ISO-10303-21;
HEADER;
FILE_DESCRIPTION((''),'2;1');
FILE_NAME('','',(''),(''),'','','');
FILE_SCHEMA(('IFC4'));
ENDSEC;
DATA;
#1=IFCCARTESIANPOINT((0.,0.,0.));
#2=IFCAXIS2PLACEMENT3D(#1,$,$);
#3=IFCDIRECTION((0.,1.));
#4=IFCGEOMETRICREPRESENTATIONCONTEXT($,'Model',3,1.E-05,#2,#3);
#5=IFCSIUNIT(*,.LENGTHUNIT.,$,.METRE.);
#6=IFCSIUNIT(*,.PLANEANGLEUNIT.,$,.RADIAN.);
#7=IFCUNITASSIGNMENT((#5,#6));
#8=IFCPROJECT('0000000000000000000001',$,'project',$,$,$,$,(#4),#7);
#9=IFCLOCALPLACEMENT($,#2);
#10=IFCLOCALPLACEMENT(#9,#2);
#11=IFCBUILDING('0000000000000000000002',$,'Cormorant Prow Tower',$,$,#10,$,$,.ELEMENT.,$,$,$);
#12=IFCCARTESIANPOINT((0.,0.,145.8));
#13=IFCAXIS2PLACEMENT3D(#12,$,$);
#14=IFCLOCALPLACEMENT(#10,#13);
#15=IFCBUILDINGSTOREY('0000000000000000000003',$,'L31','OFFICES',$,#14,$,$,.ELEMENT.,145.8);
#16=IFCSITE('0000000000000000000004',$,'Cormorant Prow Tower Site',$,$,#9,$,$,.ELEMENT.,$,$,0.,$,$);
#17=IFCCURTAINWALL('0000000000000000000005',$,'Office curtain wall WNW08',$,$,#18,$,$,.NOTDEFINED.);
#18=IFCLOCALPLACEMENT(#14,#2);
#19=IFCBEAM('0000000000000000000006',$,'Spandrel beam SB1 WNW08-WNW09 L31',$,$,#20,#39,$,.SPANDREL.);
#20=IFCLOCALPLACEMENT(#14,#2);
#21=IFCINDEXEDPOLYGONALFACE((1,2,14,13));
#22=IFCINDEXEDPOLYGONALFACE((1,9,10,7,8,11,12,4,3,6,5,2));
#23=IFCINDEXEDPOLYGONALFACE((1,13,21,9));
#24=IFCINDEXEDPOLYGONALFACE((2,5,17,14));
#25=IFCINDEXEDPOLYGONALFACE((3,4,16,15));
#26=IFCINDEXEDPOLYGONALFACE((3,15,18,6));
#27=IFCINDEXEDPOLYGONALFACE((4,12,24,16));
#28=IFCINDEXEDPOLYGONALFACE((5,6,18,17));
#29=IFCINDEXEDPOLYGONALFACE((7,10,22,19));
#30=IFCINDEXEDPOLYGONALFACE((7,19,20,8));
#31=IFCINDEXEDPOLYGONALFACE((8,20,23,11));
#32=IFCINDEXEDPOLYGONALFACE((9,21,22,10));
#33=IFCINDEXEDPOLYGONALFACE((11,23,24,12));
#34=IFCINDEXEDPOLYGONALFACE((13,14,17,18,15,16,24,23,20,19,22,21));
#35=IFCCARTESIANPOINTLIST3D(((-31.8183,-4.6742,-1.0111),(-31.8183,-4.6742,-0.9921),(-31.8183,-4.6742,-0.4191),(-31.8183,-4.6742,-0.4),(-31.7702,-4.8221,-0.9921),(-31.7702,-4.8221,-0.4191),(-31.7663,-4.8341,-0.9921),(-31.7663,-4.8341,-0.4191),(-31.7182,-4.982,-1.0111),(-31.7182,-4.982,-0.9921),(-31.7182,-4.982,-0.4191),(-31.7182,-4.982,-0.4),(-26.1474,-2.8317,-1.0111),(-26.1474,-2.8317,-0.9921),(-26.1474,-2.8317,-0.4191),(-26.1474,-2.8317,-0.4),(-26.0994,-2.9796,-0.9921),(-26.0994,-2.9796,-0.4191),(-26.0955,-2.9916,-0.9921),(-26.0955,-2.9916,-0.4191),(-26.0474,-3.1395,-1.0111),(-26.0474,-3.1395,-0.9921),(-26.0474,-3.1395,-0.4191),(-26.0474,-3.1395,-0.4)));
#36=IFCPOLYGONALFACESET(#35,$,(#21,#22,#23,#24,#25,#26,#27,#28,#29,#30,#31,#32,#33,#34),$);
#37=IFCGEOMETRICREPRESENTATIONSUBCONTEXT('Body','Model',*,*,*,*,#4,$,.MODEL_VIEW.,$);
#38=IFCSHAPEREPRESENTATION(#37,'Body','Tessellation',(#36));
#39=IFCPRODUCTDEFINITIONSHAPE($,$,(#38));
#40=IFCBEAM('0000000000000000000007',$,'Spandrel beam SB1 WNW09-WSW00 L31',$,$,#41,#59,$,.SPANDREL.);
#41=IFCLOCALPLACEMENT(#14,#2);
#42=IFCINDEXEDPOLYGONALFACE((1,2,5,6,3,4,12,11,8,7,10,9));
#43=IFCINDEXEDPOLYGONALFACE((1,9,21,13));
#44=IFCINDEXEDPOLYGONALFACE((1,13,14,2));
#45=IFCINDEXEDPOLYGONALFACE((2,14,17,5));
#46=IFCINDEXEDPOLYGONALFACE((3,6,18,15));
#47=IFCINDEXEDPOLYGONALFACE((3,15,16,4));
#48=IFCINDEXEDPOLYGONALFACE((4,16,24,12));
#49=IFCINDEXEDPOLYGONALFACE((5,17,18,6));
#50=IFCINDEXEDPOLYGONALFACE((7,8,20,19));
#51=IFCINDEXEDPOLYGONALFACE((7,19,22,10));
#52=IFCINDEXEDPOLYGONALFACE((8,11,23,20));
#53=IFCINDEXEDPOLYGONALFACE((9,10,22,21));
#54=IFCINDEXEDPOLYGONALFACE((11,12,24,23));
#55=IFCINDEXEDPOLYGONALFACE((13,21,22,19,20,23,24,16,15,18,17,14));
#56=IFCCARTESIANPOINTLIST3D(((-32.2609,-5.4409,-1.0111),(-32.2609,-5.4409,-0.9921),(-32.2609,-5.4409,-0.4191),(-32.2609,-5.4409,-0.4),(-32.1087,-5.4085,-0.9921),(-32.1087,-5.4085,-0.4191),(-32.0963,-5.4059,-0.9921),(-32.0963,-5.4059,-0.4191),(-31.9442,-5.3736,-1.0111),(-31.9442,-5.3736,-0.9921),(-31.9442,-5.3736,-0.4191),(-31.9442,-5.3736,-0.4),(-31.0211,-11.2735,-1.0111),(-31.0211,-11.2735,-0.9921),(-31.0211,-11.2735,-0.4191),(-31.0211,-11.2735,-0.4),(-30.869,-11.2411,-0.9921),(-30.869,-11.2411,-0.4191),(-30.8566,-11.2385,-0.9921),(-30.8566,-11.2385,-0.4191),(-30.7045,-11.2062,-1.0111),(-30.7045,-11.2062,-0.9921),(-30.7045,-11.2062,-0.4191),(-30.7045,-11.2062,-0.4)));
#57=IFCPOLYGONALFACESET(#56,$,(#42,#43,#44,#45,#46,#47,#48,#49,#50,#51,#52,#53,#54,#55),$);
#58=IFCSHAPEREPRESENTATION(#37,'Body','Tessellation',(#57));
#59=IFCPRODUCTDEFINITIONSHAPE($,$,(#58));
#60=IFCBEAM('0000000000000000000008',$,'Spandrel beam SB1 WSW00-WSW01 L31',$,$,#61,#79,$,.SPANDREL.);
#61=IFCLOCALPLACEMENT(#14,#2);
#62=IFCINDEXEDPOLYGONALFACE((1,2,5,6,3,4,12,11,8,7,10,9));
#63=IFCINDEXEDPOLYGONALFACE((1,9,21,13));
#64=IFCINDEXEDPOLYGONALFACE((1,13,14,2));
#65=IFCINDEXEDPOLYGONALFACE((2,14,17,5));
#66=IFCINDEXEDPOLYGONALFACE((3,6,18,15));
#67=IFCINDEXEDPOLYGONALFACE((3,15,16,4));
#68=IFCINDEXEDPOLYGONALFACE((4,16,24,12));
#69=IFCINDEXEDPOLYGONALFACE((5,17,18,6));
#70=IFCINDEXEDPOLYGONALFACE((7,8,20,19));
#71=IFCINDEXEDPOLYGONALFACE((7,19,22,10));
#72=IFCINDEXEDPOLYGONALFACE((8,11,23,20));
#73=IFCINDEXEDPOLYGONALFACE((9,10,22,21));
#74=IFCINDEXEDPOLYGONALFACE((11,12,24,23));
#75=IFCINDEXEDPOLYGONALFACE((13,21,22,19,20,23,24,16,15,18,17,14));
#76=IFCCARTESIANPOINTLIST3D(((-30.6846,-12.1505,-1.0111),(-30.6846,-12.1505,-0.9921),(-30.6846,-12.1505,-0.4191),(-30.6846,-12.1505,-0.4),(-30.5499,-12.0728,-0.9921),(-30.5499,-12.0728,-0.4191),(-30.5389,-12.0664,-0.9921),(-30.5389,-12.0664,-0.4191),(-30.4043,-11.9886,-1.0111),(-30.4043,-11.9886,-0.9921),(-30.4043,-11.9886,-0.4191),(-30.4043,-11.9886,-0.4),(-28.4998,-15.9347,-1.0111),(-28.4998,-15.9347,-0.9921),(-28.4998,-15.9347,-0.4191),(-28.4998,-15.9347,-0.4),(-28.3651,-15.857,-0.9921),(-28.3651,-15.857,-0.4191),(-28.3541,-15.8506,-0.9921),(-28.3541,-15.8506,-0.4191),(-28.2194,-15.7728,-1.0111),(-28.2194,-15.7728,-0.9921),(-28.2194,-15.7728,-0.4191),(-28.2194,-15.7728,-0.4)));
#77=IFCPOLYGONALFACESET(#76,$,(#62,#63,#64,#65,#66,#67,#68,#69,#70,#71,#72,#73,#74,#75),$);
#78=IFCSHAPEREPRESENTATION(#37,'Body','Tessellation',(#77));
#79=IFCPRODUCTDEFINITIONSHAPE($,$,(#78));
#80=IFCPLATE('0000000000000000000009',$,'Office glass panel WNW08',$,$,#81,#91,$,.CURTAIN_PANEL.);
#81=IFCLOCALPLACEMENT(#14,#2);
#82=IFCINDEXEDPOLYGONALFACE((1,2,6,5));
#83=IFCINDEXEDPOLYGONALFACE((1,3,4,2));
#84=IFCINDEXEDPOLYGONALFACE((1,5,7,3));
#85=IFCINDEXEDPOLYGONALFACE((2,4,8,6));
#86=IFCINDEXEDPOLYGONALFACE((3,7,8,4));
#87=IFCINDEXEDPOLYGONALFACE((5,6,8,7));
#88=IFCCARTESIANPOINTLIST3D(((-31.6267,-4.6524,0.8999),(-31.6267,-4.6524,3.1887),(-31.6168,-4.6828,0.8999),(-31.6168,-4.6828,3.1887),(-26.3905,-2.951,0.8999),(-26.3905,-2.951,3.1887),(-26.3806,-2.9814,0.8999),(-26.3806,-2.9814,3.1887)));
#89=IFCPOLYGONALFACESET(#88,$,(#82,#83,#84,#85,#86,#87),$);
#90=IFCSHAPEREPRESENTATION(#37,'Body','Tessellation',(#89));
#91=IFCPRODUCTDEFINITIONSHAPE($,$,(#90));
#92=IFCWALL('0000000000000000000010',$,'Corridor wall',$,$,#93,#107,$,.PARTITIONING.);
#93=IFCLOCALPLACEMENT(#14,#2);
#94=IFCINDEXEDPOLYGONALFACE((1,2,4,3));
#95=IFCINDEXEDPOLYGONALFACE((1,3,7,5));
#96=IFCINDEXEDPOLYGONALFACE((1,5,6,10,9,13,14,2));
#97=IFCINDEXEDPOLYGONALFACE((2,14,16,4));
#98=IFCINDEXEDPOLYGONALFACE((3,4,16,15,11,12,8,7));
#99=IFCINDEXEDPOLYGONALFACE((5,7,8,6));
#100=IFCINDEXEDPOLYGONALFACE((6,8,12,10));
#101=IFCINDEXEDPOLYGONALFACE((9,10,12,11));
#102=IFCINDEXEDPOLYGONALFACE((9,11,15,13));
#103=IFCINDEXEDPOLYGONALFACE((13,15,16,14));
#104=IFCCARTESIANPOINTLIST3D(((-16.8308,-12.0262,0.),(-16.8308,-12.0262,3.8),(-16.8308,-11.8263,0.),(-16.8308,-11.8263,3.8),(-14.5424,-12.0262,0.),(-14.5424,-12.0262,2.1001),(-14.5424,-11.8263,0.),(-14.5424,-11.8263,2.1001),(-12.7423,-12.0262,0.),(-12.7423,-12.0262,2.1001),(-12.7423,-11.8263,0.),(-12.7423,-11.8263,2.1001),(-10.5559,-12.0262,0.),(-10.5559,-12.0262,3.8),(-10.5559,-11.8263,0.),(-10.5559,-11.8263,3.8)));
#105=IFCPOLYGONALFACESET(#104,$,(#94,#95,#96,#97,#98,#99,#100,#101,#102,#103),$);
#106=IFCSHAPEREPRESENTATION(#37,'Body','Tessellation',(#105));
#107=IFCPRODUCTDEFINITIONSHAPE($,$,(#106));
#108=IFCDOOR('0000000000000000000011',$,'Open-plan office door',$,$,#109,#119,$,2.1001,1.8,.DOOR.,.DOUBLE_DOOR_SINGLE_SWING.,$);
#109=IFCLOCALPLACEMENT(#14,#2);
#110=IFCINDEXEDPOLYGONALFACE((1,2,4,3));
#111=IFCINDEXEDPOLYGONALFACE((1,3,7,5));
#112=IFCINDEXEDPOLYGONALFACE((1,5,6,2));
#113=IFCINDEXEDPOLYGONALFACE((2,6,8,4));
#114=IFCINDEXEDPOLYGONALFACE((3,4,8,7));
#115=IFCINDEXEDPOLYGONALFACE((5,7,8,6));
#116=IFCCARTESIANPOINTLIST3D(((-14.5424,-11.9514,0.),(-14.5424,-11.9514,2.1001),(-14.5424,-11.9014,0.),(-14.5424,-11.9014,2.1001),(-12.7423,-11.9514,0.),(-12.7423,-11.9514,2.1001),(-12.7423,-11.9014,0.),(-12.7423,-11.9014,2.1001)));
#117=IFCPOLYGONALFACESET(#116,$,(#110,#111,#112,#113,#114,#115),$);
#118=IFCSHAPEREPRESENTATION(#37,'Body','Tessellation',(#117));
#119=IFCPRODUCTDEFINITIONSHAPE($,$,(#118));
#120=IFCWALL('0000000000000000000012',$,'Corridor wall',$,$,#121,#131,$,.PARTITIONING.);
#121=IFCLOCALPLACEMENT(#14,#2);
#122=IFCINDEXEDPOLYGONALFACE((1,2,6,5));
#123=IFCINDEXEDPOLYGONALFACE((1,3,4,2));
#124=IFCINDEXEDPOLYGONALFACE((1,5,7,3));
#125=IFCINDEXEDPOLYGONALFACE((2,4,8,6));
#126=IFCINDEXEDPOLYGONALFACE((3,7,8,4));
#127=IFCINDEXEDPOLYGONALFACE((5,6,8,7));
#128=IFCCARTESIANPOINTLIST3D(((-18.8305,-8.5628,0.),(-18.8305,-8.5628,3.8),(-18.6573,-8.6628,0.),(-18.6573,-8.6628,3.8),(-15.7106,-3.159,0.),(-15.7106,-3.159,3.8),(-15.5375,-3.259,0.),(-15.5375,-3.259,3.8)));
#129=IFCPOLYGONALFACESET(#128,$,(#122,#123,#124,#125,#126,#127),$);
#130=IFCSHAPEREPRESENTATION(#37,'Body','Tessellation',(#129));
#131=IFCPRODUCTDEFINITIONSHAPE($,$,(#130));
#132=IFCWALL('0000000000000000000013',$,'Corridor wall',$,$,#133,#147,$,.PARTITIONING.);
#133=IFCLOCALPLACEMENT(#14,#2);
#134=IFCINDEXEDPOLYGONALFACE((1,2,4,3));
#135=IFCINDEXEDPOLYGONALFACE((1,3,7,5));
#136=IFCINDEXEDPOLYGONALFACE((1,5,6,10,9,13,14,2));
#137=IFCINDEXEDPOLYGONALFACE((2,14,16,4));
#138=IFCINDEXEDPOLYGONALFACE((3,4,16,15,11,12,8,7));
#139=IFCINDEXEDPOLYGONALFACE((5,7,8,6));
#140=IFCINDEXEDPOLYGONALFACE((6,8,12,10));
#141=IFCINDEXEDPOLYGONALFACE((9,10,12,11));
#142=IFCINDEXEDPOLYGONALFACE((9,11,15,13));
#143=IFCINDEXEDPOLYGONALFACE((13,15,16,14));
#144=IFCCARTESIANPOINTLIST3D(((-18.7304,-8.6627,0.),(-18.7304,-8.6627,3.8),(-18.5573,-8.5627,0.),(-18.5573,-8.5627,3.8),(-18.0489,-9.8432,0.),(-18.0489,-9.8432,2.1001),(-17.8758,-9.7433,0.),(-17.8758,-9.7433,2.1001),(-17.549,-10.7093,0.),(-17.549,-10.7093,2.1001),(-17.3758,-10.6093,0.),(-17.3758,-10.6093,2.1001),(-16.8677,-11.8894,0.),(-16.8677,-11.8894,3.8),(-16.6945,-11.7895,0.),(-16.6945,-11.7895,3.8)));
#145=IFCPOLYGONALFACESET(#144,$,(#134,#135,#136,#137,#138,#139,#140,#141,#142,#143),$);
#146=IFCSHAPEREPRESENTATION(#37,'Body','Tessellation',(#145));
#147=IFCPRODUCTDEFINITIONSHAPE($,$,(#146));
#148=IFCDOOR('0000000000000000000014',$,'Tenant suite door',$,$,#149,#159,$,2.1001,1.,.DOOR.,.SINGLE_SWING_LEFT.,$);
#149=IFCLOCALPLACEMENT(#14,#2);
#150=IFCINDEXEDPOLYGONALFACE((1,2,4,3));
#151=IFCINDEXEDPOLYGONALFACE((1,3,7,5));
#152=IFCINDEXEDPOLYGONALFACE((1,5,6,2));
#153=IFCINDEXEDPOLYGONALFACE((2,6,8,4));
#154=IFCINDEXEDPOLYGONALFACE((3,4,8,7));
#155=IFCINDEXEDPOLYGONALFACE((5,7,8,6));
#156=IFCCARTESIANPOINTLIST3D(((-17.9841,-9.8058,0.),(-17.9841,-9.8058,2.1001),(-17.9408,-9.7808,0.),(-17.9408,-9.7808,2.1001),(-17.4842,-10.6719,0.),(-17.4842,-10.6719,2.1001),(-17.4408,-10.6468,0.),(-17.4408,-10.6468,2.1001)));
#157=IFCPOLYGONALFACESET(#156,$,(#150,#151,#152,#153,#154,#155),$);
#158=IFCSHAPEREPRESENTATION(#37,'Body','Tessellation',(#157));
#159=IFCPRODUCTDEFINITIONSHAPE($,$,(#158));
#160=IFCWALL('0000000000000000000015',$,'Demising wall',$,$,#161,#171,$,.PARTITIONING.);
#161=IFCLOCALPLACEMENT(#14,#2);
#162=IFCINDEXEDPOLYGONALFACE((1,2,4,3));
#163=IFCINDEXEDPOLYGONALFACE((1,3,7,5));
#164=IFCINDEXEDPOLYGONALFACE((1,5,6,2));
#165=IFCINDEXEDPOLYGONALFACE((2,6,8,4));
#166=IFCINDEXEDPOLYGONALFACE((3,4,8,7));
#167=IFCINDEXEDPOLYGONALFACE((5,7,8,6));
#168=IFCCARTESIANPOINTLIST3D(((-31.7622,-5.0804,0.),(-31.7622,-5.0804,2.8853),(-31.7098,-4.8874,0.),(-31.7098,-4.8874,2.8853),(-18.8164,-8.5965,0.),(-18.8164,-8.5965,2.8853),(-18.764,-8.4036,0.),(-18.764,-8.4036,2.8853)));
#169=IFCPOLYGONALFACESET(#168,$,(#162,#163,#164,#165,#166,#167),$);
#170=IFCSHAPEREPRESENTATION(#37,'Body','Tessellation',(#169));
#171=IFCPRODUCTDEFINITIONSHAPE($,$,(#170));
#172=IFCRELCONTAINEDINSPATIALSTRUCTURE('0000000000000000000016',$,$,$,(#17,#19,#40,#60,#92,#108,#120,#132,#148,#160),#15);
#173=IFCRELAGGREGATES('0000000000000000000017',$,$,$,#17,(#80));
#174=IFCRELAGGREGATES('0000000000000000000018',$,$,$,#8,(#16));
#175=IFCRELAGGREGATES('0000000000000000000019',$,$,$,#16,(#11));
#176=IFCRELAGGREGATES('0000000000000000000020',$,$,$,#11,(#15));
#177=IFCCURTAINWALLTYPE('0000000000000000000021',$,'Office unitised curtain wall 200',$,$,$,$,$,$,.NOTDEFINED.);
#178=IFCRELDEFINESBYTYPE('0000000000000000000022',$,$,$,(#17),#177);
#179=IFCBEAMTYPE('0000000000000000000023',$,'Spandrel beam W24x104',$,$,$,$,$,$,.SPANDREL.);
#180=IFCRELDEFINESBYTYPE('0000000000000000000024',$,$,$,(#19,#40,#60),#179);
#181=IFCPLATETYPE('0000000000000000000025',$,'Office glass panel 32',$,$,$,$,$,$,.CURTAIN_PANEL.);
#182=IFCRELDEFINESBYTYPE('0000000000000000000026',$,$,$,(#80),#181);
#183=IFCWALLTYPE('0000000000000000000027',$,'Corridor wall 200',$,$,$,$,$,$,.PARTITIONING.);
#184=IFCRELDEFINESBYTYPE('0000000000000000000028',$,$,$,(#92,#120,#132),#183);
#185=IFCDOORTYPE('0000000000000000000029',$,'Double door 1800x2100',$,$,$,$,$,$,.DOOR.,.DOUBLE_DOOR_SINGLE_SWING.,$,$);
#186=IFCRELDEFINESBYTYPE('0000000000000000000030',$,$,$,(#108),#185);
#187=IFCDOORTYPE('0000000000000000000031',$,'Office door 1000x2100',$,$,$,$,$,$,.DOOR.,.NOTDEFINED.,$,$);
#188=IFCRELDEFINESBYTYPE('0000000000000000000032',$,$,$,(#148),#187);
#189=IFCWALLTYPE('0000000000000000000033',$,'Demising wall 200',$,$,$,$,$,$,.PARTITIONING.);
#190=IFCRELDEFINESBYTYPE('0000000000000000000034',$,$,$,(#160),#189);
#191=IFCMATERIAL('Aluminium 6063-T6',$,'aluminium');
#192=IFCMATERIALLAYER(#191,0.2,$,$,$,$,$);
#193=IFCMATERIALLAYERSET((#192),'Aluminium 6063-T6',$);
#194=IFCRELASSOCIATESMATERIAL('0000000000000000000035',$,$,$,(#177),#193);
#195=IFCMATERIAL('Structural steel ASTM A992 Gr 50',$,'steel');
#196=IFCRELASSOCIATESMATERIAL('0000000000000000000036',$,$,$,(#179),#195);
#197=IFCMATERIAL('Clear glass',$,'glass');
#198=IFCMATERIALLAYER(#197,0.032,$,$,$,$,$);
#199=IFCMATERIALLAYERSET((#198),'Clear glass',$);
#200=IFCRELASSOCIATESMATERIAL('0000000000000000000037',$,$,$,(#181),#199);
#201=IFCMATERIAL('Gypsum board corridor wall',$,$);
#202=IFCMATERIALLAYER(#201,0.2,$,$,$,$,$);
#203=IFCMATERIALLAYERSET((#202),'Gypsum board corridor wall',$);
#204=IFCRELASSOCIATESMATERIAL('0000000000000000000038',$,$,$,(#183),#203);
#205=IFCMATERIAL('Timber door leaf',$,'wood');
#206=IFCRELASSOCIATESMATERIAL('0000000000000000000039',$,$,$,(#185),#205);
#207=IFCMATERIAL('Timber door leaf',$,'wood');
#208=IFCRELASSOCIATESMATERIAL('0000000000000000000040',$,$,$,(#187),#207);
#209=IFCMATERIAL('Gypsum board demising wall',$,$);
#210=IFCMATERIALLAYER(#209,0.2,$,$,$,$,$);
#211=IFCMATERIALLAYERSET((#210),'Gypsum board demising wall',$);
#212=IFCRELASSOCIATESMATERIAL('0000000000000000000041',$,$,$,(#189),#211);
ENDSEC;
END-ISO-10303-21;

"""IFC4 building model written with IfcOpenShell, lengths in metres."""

from ifc_helpers import new_model, si_unit, direction, frame, frame_2d, origin, origin_2d, place, context, subcontext, project, spatial, rectangle, i_section, extrude, material, layer, layer_set, material_profile, profile_set, type_object, element, fill, aggregate, save


model = new_model("IFC4")

# Units and contexts
model_context = context("Model", 3, precision=1e-05, world=origin(), true_north=direction((0.0, 1.0)))
body_context = subcontext(model_context, "Body", "Model", "MODEL_VIEW")
ifc_project = project(units=[si_unit("LENGTHUNIT", "METRE"), si_unit("PLANEANGLEUNIT", "RADIAN")], contexts=[model_context])

# Site, building, storey
site_placement = place(None, origin())
site = spatial("IfcSite", under=ifc_project, at=site_placement, Name="Cormorant Prow Tower Site", CompositionType="ELEMENT", RefElevation=0.0)
building_placement = place(site_placement, origin())
building = spatial("IfcBuilding", under=site, at=building_placement, Name="Cormorant Prow Tower", CompositionType="ELEMENT")
storey_placement = place(building_placement, frame((0.0, 0.0, 145.8)))
storey = spatial("IfcBuildingStorey", under=building, at=storey_placement, Name="L31", Description="OFFICES", CompositionType="ELEMENT", Elevation=145.8)

# Curtain wall
ifc_material_1 = material(Name="Aluminium 6063-T6", Category="aluminium")
ifc_layer_1 = layer(ifc_material_1, 0.2)
ifc_layer_set_1 = layer_set([ifc_layer_1], Name="Aluminium 6063-T6")
curtain_wall_type = type_object("IfcCurtainWallType", Name="Office unitised curtain wall 200", PredefinedType="NOTDEFINED", material=ifc_layer_set_1)
curtain_wall_placement = place(storey_placement, origin())
curtain_wall = element("IfcCurtainWall", 1, at=curtain_wall_placement, inside=storey, type_object=curtain_wall_type, Name="Office curtain wall WNW08", PredefinedType="NOTDEFINED")

# Beams
ifc_material_2 = material(Name="Structural steel ASTM A992 Gr 50", Category="steel")
ifc_material_profile_1 = material_profile(ifc_material_2, i_section(OverallWidth=0.3237, OverallDepth=0.6111, WebThickness=0.0127, FlangeThickness=0.019, at=origin_2d()), Name="W24x104")
ifc_profile_set_1 = profile_set([ifc_material_profile_1], Name="Structural steel ASTM A992 Gr 50")
beam_type_1 = type_object("IfcBeamType", Name="Spandrel beam W24x104", PredefinedType="SPANDREL", material=ifc_profile_set_1)
beam_1_placement = place(storey_placement, frame((-26.0974, -2.9856, -0.7056), z_axis=(-0.951059, -0.309008, 0.0), x_axis=(0.309008, -0.951059, 0.0)))
element("IfcBeam", 2, at=beam_1_placement, inside=storey, type_object=beam_type_1, Name="Spandrel beam SB1 WNW08-WNW09 L31", PredefinedType="SPANDREL", context=body_context, shape_type="SweptSolid", body=[
    extrude(i_section(OverallWidth=0.3237, OverallDepth=0.6111, WebThickness=0.0127, FlangeThickness=0.019, at=origin_2d()), origin(), (0.0, 0.0, 1.0), 5.9626),
])
beam_2_placement = place(storey_placement, frame((-32.1025, -5.4072, -0.7056), z_axis=(0.207913, -0.978147, 0.0), x_axis=(0.978147, 0.207913, 0.0)))
element("IfcBeam", 3, at=beam_2_placement, inside=storey, type_object=beam_type_1, Name="Spandrel beam SB1 WNW09-WSW00 L31", PredefinedType="SPANDREL", context=body_context, shape_type="SweptSolid", body=[
    extrude(i_section(OverallWidth=0.3237, OverallDepth=0.6111, WebThickness=0.0127, FlangeThickness=0.019, at=origin_2d()), origin(), (0.0, 0.0, 1.0), 5.9629),
])
beam_3_placement = place(storey_placement, frame((-30.5444, -12.0696, -0.7056), z_axis=(0.500003, -0.866024, 0.0), x_axis=(0.866024, 0.500003, 0.0)))
element("IfcBeam", 4, at=beam_3_placement, inside=storey, type_object=beam_type_1, Name="Spandrel beam SB1 WSW00-WSW01 L31", PredefinedType="SPANDREL", context=body_context, shape_type="SweptSolid", body=[
    extrude(i_section(OverallWidth=0.3237, OverallDepth=0.6111, WebThickness=0.0127, FlangeThickness=0.019, at=origin_2d()), origin(), (0.0, 0.0, 1.0), 4.3696),
])

# Plate
ifc_material_3 = material(Name="Clear glass", Category="glass")
ifc_layer_2 = layer(ifc_material_3, 0.032)
ifc_layer_set_2 = layer_set([ifc_layer_2], Name="Clear glass")
plate_type = type_object("IfcPlateType", Name="Office glass panel 32", PredefinedType="CURTAIN_PANEL", material=ifc_layer_set_2)
plate_placement = place(storey_placement, frame((-29.0037, -3.8169, 0.8999), z_axis=(0.0, 0.0, 1.0), x_axis=(-0.951057, -0.309017, 0.0)))
plate = element("IfcPlate", 5, at=plate_placement, type_object=plate_type, Name="Office glass panel WNW08", PredefinedType="CURTAIN_PANEL", context=body_context, shape_type="SweptSolid", body=[
    extrude(rectangle(XDim=5.5056, YDim=0.032, at=origin_2d()), origin(), (0.0, 0.0, 1.0), 2.2888),
])
aggregate(curtain_wall, [plate])

# Wall, opening, door
ifc_material_4 = material(Name="Gypsum board corridor wall")
ifc_layer_3 = layer(ifc_material_4, 0.2)
ifc_layer_set_3 = layer_set([ifc_layer_3], Name="Gypsum board corridor wall")
wall_type_1 = type_object("IfcWallType", Name="Corridor wall 200", PredefinedType="PARTITIONING", material=ifc_layer_set_3)
wall_1_placement = place(storey_placement, frame((-16.8308, -11.9263, 0.0), z_axis=(0.0, 0.0, 1.0), x_axis=(1.0, 0.0, 0.0)))
wall_1 = element("IfcWall", 6, at=wall_1_placement, inside=storey, type_object=wall_type_1, Name="Corridor wall", PredefinedType="PARTITIONING", context=body_context, shape_type="SweptSolid", body=[
    extrude(rectangle(XDim=6.2749, YDim=0.2, at=frame_2d((3.1375, 0.0))), origin(), (0.0, 0.0, 1.0), 3.8),
])
opening_1_placement = place(wall_1_placement, frame((2.2886, 0.0, 0.0)))
opening_1 = element("IfcOpeningElement", 7, at=opening_1_placement, cuts=wall_1, PredefinedType="OPENING", context=body_context, shape_type="SweptSolid", body=[
    extrude(rectangle(XDim=1.8, YDim=2.1001, at=frame_2d((0.8999, 1.05))), frame((0.0, 0.1099, 0.0), z_axis=(0.0, -1.0, 0.0), x_axis=(1.0, 0.0, 0.0)), (0.0, 0.0, 1.0), 0.22),
])
ifc_material_5 = material(Name="Timber door leaf", Category="wood")
door_type_1 = type_object("IfcDoorType", Name="Double door 1800x2100", OperationType="DOUBLE_DOOR_SINGLE_SWING", PredefinedType="DOOR", material=ifc_material_5)
door_1_placement = place(opening_1_placement, origin())
door_1 = element("IfcDoor", 8, at=door_1_placement, inside=storey, type_object=door_type_1, Name="Open-plan office door", OperationType="DOUBLE_DOOR_SINGLE_SWING", OverallHeight=2.1001, OverallWidth=1.8, PredefinedType="DOOR", context=body_context, shape_type="SweptSolid", body=[
    extrude(rectangle(XDim=1.8, YDim=2.1001, at=frame_2d((0.8999, 1.05))), frame((0.0, 0.0249, 0.0), z_axis=(0.0, -1.0, 0.0), x_axis=(1.0, 0.0, 0.0)), (0.0, 0.0, 1.0), 0.05),
])
fill(opening_1, door_1)

# Wall
wall_2_placement = place(storey_placement, frame((-18.7439, -8.6128, 0.0), z_axis=(0.0, 0.0, 1.0), x_axis=(0.499998, 0.866027, 0.0)))
element("IfcWall", 9, at=wall_2_placement, inside=storey, type_object=wall_type_1, Name="Corridor wall", PredefinedType="PARTITIONING", context=body_context, shape_type="SweptSolid", body=[
    extrude(rectangle(XDim=6.2397, YDim=0.2, at=frame_2d((3.1199, 0.0))), origin(), (0.0, 0.0, 1.0), 3.8),
])

# Wall, opening, door
wall_3_placement = place(storey_placement, frame((-18.6438, -8.6128, 0.0), z_axis=(0.0, 0.0, 1.0), x_axis=(0.499959, -0.866049, 0.0)))
wall_3 = element("IfcWall", 10, at=wall_3_placement, inside=storey, type_object=wall_type_1, Name="Corridor wall", PredefinedType="PARTITIONING", context=body_context, shape_type="SweptSolid", body=[
    extrude(rectangle(XDim=3.7258, YDim=0.2, at=frame_2d((1.8628, 0.0))), origin(), (0.0, 0.0, 1.0), 3.8),
])
opening_2_placement = place(wall_3_placement, frame((1.363, 0.0, 0.0)))
opening_2 = element("IfcOpeningElement", 11, at=opening_2_placement, cuts=wall_3, PredefinedType="OPENING", context=body_context, shape_type="SweptSolid", body=[
    extrude(rectangle(XDim=1.0, YDim=2.1001, at=frame_2d((0.5, 1.05))), frame((0.0, 0.1099, 0.0), z_axis=(0.0, -1.0, 0.0), x_axis=(1.0, 0.0, 0.0)), (0.0, 0.0, 1.0), 0.22),
])
ifc_material_6 = material(Name="Timber door leaf", Category="wood")
door_type_2 = type_object("IfcDoorType", Name="Office door 1000x2100", OperationType="NOTDEFINED", PredefinedType="DOOR", material=ifc_material_6)
door_2_placement = place(opening_2_placement, origin())
door_2 = element("IfcDoor", 12, at=door_2_placement, inside=storey, type_object=door_type_2, Name="Tenant suite door", OperationType="SINGLE_SWING_LEFT", OverallHeight=2.1001, OverallWidth=1.0, PredefinedType="DOOR", context=body_context, shape_type="SweptSolid", body=[
    extrude(rectangle(XDim=1.0, YDim=2.1001, at=frame_2d((0.5, 1.05))), frame((0.0, 0.0249, 0.0), z_axis=(0.0, -1.0, 0.0), x_axis=(1.0, 0.0, 0.0)), (0.0, 0.0, 1.0), 0.05),
])
fill(opening_2, door_2)

# Wall
ifc_material_7 = material(Name="Gypsum board demising wall")
ifc_layer_4 = layer(ifc_material_7, 0.2)
ifc_layer_set_4 = layer_set([ifc_layer_4], Name="Gypsum board demising wall")
wall_type_2 = type_object("IfcWallType", Name="Demising wall 200", PredefinedType="PARTITIONING", material=ifc_layer_set_4)
wall_4_placement = place(storey_placement, frame((-31.7361, -4.9839, 0.0), z_axis=(0.0, 0.0, 1.0), x_axis=(0.965039, -0.262107, 0.0)))
element("IfcWall", 13, at=wall_4_placement, inside=storey, type_object=wall_type_2, Name="Demising wall", PredefinedType="PARTITIONING", context=body_context, shape_type="SweptSolid", body=[
    extrude(rectangle(XDim=13.4148, YDim=0.2, at=frame_2d((6.7075, 0.0))), origin(), (0.0, 0.0, 1.0), 2.8853),
])

save(model, "model.ifc")
